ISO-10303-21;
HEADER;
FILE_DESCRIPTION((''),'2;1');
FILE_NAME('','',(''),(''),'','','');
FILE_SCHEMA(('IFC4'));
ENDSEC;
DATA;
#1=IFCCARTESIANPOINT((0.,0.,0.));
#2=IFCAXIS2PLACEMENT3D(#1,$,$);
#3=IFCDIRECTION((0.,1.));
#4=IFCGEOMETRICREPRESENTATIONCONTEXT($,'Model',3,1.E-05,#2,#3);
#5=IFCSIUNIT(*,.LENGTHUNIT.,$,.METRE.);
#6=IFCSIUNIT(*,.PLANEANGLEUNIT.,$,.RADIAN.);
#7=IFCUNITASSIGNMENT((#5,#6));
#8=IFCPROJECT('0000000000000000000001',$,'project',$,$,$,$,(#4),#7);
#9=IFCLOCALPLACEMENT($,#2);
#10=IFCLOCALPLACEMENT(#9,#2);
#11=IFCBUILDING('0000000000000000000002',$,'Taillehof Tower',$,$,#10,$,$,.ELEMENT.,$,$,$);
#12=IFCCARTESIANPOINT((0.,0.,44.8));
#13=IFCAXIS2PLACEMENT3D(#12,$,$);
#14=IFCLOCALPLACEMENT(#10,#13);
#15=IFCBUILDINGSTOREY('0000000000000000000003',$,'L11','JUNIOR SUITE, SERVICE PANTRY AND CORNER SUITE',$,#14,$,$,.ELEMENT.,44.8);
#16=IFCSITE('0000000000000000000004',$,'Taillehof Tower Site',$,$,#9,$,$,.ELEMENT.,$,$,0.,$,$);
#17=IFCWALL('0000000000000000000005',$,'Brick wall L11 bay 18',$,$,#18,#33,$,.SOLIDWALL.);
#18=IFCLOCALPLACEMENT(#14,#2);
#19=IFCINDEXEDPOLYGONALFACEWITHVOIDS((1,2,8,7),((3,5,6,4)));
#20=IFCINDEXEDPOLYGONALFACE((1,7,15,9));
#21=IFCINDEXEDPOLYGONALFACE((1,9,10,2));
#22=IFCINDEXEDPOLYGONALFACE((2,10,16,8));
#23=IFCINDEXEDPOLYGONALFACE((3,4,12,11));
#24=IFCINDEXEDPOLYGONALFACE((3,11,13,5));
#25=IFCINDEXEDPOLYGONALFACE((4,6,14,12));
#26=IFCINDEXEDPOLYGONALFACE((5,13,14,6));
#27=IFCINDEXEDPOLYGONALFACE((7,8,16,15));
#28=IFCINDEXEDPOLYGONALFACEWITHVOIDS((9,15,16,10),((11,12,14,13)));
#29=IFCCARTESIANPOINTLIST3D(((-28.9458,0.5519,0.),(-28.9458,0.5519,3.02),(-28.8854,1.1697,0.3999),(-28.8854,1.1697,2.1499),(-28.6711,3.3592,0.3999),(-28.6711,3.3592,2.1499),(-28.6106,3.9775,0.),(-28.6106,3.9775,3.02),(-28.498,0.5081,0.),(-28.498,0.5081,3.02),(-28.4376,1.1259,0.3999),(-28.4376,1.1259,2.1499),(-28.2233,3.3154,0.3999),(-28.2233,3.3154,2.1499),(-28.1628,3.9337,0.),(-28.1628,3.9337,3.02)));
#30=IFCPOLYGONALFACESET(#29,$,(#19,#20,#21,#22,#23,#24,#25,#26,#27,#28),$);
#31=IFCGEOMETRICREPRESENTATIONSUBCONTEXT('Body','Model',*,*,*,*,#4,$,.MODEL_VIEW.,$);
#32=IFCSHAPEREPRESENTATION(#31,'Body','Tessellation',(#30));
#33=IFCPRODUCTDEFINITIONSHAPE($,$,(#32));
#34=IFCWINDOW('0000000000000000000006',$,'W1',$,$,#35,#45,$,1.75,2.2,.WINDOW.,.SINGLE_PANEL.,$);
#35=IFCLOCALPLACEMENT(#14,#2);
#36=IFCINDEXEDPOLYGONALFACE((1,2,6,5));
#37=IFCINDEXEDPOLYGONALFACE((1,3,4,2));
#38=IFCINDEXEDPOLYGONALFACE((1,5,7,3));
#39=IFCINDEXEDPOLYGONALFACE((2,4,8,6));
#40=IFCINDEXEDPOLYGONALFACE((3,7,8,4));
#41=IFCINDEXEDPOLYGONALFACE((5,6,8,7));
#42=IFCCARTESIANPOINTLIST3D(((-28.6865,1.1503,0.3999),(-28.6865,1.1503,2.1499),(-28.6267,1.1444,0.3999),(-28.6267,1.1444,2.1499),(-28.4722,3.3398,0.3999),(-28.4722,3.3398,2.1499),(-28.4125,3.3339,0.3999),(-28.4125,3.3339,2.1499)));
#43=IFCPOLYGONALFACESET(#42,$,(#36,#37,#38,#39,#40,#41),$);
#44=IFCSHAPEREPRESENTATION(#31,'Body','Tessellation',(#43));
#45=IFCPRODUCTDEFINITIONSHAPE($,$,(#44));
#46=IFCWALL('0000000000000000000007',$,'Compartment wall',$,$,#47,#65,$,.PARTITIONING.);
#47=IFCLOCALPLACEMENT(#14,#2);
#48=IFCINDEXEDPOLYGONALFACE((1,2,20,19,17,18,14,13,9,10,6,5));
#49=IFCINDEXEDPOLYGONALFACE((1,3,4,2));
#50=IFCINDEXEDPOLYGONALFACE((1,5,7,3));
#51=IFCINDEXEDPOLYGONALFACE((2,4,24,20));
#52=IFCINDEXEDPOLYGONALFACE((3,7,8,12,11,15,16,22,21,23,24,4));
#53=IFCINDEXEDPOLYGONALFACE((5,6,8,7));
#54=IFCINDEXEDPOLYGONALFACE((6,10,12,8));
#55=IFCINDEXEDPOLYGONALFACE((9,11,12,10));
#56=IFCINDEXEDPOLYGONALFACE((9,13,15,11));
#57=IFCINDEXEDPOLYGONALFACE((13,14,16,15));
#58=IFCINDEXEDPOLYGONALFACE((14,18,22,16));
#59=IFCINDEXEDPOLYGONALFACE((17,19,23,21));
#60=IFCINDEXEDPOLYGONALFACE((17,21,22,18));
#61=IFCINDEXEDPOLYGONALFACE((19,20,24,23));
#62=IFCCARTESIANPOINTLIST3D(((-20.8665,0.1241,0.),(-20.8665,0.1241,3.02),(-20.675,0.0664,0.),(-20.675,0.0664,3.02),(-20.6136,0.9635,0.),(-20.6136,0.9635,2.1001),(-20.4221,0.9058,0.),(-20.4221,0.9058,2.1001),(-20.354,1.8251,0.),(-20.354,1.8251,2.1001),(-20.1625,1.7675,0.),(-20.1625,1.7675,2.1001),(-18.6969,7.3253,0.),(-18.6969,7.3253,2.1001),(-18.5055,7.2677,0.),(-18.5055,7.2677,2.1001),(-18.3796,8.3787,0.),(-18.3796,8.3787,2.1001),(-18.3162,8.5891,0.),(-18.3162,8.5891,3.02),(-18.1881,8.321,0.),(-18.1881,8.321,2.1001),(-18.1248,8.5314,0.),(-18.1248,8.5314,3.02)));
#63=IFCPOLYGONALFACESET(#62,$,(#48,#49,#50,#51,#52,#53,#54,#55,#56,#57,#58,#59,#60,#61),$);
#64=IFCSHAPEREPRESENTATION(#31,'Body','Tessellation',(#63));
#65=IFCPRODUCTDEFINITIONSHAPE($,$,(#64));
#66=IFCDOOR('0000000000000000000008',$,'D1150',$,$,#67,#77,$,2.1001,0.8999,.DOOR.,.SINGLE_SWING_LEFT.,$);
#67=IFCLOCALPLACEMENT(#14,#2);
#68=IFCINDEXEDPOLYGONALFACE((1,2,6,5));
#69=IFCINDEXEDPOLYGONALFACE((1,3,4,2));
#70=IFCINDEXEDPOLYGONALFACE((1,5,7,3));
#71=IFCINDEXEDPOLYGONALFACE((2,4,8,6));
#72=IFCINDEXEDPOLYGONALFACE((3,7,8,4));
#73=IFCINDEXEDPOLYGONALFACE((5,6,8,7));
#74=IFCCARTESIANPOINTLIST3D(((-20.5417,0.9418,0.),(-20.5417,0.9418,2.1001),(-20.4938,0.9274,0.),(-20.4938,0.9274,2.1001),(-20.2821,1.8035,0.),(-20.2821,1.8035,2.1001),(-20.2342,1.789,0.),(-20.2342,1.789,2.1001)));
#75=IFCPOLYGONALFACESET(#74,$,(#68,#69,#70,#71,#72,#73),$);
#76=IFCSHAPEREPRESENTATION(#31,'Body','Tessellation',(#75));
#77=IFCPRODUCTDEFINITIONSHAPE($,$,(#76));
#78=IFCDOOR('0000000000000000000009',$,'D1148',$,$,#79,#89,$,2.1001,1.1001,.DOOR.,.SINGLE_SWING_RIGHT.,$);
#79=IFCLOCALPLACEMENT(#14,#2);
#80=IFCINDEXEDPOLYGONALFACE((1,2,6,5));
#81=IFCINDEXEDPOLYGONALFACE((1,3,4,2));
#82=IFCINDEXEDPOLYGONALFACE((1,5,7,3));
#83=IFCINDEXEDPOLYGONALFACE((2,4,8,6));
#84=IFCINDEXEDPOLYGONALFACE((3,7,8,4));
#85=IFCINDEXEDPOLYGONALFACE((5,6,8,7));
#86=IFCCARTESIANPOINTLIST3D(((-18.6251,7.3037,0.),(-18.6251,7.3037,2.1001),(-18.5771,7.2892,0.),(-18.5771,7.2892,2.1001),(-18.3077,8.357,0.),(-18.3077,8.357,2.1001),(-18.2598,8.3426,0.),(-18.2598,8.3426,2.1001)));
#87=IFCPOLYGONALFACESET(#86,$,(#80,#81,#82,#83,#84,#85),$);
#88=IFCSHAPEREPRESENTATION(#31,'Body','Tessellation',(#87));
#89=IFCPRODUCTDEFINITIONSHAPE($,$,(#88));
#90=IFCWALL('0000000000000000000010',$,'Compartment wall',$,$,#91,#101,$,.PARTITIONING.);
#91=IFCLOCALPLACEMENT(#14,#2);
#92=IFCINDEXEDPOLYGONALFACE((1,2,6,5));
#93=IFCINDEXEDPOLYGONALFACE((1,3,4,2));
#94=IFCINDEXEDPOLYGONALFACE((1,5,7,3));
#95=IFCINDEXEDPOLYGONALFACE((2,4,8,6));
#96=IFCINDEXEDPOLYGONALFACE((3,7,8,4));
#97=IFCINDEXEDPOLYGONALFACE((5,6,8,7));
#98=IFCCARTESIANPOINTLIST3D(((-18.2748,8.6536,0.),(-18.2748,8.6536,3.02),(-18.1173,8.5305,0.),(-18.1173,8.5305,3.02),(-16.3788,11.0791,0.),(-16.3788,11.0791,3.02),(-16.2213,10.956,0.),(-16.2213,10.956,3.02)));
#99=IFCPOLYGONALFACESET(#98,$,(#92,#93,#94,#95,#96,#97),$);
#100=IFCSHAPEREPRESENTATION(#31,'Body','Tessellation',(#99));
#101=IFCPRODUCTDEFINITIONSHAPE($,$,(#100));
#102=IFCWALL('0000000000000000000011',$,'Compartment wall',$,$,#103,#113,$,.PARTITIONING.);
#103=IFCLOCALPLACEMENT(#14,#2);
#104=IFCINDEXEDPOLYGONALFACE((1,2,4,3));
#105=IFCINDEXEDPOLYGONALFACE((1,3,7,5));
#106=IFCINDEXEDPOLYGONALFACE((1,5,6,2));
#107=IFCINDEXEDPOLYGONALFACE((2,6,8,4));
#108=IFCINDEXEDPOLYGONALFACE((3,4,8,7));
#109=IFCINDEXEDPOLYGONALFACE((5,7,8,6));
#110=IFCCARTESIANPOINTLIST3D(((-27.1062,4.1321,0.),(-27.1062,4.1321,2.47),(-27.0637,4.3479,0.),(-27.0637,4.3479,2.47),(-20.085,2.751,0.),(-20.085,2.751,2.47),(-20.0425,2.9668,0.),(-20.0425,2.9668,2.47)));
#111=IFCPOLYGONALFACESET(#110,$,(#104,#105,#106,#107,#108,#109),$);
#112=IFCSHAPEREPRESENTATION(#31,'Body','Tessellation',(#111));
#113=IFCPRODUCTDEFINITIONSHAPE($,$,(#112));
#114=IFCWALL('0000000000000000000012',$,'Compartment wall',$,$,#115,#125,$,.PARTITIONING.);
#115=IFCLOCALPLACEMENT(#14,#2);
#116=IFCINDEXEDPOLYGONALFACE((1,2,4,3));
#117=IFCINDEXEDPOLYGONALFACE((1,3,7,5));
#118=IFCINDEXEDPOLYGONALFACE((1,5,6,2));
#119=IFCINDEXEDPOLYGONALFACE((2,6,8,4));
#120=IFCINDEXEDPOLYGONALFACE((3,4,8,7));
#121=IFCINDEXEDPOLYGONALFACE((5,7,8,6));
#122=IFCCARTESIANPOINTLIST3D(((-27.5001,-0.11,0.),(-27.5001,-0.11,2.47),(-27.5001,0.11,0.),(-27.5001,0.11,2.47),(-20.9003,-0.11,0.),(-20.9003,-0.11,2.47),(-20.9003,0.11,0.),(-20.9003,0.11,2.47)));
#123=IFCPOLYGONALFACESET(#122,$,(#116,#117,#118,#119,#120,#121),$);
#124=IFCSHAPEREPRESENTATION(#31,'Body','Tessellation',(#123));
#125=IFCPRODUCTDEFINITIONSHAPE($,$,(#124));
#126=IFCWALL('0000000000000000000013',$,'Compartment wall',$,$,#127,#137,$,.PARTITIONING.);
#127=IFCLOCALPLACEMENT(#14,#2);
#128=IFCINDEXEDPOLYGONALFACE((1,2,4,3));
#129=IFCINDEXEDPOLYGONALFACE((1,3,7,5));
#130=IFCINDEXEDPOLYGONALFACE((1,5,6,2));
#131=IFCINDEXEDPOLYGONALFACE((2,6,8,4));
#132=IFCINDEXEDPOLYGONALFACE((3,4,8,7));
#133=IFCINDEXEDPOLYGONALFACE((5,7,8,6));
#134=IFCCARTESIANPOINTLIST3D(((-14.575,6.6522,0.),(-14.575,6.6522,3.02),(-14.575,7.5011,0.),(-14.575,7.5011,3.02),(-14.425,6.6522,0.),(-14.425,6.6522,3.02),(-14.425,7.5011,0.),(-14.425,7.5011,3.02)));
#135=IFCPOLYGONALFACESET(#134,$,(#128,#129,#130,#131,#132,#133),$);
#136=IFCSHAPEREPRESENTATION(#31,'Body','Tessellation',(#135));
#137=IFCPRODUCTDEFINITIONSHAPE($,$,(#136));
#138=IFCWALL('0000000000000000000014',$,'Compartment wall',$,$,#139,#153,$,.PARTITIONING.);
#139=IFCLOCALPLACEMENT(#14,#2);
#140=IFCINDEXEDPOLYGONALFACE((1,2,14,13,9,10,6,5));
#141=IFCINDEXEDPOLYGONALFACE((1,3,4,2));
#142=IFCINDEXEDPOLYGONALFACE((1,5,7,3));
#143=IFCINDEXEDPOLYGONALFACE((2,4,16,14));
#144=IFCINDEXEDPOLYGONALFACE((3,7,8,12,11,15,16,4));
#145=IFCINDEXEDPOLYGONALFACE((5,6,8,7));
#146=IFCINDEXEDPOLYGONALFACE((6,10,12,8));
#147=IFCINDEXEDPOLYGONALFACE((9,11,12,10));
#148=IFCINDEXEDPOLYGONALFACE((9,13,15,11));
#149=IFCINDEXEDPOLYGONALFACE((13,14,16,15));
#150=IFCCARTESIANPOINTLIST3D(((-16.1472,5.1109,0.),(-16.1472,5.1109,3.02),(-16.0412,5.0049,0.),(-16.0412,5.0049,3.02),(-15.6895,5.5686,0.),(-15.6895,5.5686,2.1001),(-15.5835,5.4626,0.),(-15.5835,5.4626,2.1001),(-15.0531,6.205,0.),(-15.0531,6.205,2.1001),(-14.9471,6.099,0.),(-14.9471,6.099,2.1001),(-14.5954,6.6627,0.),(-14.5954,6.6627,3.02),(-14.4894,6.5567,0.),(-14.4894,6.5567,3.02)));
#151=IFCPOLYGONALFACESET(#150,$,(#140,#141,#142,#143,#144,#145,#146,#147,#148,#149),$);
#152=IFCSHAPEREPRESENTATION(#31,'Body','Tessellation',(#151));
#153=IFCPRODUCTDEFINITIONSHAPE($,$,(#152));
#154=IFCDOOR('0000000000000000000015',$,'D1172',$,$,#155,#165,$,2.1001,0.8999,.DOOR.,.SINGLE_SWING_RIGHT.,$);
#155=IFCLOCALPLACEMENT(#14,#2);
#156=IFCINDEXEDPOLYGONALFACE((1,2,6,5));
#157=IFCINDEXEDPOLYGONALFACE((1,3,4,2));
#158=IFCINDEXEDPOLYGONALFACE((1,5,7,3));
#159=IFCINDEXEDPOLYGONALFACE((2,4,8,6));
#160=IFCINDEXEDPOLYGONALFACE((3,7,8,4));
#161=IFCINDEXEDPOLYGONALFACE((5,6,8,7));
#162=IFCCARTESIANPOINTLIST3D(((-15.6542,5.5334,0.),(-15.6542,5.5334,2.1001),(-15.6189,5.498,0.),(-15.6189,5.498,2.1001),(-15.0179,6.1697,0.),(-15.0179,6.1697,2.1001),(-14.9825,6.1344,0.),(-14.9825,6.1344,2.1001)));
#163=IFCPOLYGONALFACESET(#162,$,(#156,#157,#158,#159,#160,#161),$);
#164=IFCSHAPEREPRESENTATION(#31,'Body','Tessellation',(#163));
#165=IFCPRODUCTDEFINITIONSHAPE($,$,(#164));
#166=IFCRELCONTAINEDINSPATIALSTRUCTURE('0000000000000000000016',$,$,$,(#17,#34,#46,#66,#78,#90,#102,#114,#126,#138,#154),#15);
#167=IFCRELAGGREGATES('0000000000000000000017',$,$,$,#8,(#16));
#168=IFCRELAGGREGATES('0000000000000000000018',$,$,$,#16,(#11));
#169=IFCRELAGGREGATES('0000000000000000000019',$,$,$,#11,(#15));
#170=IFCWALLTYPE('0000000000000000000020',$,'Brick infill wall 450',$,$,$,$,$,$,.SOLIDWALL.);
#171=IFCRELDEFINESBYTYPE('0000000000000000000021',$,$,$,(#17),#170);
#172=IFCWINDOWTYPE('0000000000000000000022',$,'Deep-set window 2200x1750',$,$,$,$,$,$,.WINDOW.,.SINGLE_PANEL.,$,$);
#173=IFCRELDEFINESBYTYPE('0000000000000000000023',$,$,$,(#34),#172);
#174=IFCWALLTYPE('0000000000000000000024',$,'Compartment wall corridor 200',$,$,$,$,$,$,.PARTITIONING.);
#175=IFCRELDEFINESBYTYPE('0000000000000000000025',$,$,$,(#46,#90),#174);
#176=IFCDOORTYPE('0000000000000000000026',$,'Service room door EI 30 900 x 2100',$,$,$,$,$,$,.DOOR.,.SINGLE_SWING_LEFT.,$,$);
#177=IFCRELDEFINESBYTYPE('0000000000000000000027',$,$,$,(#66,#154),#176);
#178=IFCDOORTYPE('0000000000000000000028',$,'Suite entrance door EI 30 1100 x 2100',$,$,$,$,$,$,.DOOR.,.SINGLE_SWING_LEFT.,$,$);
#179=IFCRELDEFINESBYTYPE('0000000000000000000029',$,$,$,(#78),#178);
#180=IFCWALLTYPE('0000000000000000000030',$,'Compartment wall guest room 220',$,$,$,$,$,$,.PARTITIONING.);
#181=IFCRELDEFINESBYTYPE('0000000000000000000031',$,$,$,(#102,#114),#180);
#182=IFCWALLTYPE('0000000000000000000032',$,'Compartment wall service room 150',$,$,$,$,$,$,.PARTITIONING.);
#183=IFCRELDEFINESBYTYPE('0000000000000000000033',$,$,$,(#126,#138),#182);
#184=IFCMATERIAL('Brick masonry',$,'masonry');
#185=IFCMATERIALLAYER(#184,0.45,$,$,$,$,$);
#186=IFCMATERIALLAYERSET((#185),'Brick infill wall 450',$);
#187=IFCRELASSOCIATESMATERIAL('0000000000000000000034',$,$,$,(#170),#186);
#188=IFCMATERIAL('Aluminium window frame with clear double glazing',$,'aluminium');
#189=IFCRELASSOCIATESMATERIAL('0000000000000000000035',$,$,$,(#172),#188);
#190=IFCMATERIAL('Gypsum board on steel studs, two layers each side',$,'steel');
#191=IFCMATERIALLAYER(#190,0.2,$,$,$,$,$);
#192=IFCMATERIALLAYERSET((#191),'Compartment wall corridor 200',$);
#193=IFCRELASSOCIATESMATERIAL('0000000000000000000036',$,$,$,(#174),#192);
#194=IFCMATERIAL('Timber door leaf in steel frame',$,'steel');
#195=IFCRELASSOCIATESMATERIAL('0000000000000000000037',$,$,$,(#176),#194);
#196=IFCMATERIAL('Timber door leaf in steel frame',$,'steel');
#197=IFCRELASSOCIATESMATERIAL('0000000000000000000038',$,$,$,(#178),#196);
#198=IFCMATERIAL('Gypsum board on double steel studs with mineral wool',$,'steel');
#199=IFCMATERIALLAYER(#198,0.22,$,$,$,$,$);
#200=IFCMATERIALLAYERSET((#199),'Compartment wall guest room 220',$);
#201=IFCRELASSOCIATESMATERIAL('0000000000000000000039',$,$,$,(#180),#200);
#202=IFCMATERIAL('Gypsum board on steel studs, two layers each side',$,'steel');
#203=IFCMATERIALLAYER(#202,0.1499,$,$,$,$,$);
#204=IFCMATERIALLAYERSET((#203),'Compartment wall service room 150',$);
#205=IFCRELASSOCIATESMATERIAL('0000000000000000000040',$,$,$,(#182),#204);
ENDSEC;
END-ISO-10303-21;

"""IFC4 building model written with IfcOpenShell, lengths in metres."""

from ifc_helpers import new_model, si_unit, direction, frame, frame_2d, origin, place, context, subcontext, project, spatial, rectangle, extrude, material, layer, layer_set, type_object, element, fill, save


model = new_model("IFC4")

# Units and contexts
model_context = context("Model", 3, precision=1e-05, world=origin(), true_north=direction((0.0, 1.0)))
body_context = subcontext(model_context, "Body", "Model", "MODEL_VIEW")
ifc_project = project(units=[si_unit("LENGTHUNIT", "METRE"), si_unit("PLANEANGLEUNIT", "RADIAN")], contexts=[model_context])

# Site, building, storey
site_placement = place(None, origin())
site = spatial("IfcSite", under=ifc_project, at=site_placement, Name="Taillehof Tower Site", CompositionType="ELEMENT", RefElevation=0.0)
building_placement = place(site_placement, origin())
building = spatial("IfcBuilding", under=site, at=building_placement, Name="Taillehof Tower", CompositionType="ELEMENT")
storey_placement = place(building_placement, frame((0.0, 0.0, 44.8)))
storey = spatial("IfcBuildingStorey", under=building, at=storey_placement, Name="L11", Description="JUNIOR SUITE, SERVICE PANTRY AND CORNER SUITE", CompositionType="ELEMENT", Elevation=44.8)

# Wall, opening, window
ifc_material_1 = material(Name="Brick masonry", Category="masonry")
ifc_layer_1 = layer(ifc_material_1, 0.45)
ifc_layer_set_1 = layer_set([ifc_layer_1], Name="Brick infill wall 450")
wall_type_1 = type_object("IfcWallType", Name="Brick infill wall 450", PredefinedType="SOLIDWALL", material=ifc_layer_set_1)
ifc_material_2 = material(Name="Aluminium window frame with clear double glazing", Category="aluminium")
window_type = type_object("IfcWindowType", Name="Deep-set window 2200x1750", PartitioningType="SINGLE_PANEL", PredefinedType="WINDOW", material=ifc_material_2)
wall_1_placement = place(storey_placement, frame((-28.3867, 3.9556, 0.0), z_axis=(0.0, 0.0, 1.0), x_axis=(-0.09739, -0.995246, 0.0)))
wall_1 = element("IfcWall", 1, at=wall_1_placement, inside=storey, type_object=wall_type_1, Name="Brick wall L11 bay 18", PredefinedType="SOLIDWALL", context=body_context, shape_type="SweptSolid", body=[
    extrude(rectangle(XDim=3.4419, YDim=0.45, at=frame_2d((1.7209, 0.0))), origin(), (0.0, 0.0, 1.0), 3.02),
])
opening_1_placement = place(wall_1_placement, frame((0.6211, 0.0, 0.3999)))
opening_1 = element("IfcOpeningElement", 2, at=opening_1_placement, cuts=wall_1, PredefinedType="OPENING", context=body_context, shape_type="SweptSolid", body=[
    extrude(rectangle(XDim=2.2, YDim=1.75, at=frame_2d((1.1001, 0.875))), frame((0.0, 0.2349, 0.0), z_axis=(0.0, -1.0, 0.0), x_axis=(1.0, 0.0, 0.0)), (0.0, 0.0, 1.0), 0.47),
])
window_1_placement = place(opening_1_placement, origin())
window_1 = element("IfcWindow", 3, at=window_1_placement, inside=storey, type_object=window_type, Name="W1", OverallHeight=1.75, OverallWidth=2.2, PartitioningType="SINGLE_PANEL", PredefinedType="WINDOW", context=body_context, shape_type="SweptSolid", body=[
    extrude(rectangle(XDim=2.2, YDim=1.75, at=frame_2d((1.1001, 0.875))), frame((0.0, 0.0349, 0.0), z_axis=(0.0, -1.0, 0.0), x_axis=(1.0, 0.0, 0.0)), (0.0, 0.0, 1.0), 0.0601),
])
fill(opening_1, window_1)

# Wall, openings, doors
ifc_material_3 = material(Name="Gypsum board on steel studs, two layers each side", Category="steel")
ifc_layer_2 = layer(ifc_material_3, 0.2)
ifc_layer_set_2 = layer_set([ifc_layer_2], Name="Compartment wall corridor 200")
wall_type_2 = type_object("IfcWallType", Name="Compartment wall corridor 200", PredefinedType="PARTITIONING", material=ifc_layer_set_2)
wall_2_placement = place(storey_placement, frame((-20.7708, 0.0952, 0.0), z_axis=(0.0, 0.0, 1.0), x_axis=(0.288465, 0.95749, 0.0)))
wall_2 = element("IfcWall", 4, at=wall_2_placement, inside=storey, type_object=wall_type_2, Name="Compartment wall", PredefinedType="PARTITIONING", context=body_context, shape_type="SweptSolid", body=[
    extrude(rectangle(XDim=8.8408, YDim=0.2, at=frame_2d((4.4204, 0.0))), origin(), (0.0, 0.0, 1.0), 3.02),
])
opening_2_placement = place(wall_2_placement, frame((7.521, 0.0, 0.0)))
opening_2 = element("IfcOpeningElement", 5, at=opening_2_placement, cuts=wall_2, PredefinedType="OPENING", context=body_context, shape_type="SweptSolid", body=[
    extrude(rectangle(XDim=1.1001, YDim=2.1001, at=frame_2d((0.55, 1.05))), frame((0.0, 0.1099, 0.0), z_axis=(0.0, -1.0, 0.0), x_axis=(1.0, 0.0, 0.0)), (0.0, 0.0, 1.0), 0.22),
])
opening_3_placement = place(wall_2_placement, frame((0.8767, 0.0, 0.0)))
opening_3 = element("IfcOpeningElement", 6, at=opening_3_placement, cuts=wall_2, PredefinedType="OPENING", context=body_context, shape_type="SweptSolid", body=[
    extrude(rectangle(XDim=0.8999, YDim=2.1001, at=frame_2d((0.45, 1.05))), frame((0.0, 0.1099, 0.0), z_axis=(0.0, -1.0, 0.0), x_axis=(1.0, 0.0, 0.0)), (0.0, 0.0, 1.0), 0.22),
])
ifc_material_4 = material(Name="Timber door leaf in steel frame", Category="steel")
door_type_1 = type_object("IfcDoorType", Name="Service room door EI 30 900 x 2100", OperationType="SINGLE_SWING_LEFT", PredefinedType="DOOR", material=ifc_material_4)
door_1_placement = place(opening_3_placement, origin())
door_1 = element("IfcDoor", 7, at=door_1_placement, inside=storey, type_object=door_type_1, Name="D1150", OperationType="SINGLE_SWING_LEFT", OverallHeight=2.1001, OverallWidth=0.8999, PredefinedType="DOOR", context=body_context, shape_type="SweptSolid", body=[
    extrude(rectangle(XDim=0.8999, YDim=2.1001, at=frame_2d((0.45, 1.05))), frame((0.0, 0.0249, 0.0), z_axis=(0.0, -1.0, 0.0), x_axis=(1.0, 0.0, 0.0)), (0.0, 0.0, 1.0), 0.05),
])
fill(opening_3, door_1)
ifc_material_5 = material(Name="Timber door leaf in steel frame", Category="steel")
door_type_2 = type_object("IfcDoorType", Name="Suite entrance door EI 30 1100 x 2100", OperationType="SINGLE_SWING_LEFT", PredefinedType="DOOR", material=ifc_material_5)
door_2_placement = place(opening_2_placement, origin())
door_2 = element("IfcDoor", 8, at=door_2_placement, inside=storey, type_object=door_type_2, Name="D1148", OperationType="SINGLE_SWING_RIGHT", OverallHeight=2.1001, OverallWidth=1.1001, PredefinedType="DOOR", context=body_context, shape_type="SweptSolid", body=[
    extrude(rectangle(XDim=1.1001, YDim=2.1001, at=frame_2d((0.55, 1.05))), frame((0.0, 0.0249, 0.0), z_axis=(0.0, -1.0, 0.0), x_axis=(1.0, 0.0, 0.0)), (0.0, 0.0, 1.0), 0.05),
])
fill(opening_2, door_2)

# Walls
wall_3_placement = place(storey_placement, frame((-18.196, 8.592, 0.0), z_axis=(0.0, 0.0, 1.0), x_axis=(0.615855, 0.78786, 0.0)))
element("IfcWall", 9, at=wall_3_placement, inside=storey, type_object=wall_type_2, Name="Compartment wall", PredefinedType="PARTITIONING", context=body_context, shape_type="SweptSolid", body=[
    extrude(rectangle(XDim=3.0786, YDim=0.2, at=frame_2d((1.5393, 0.0))), origin(), (0.0, 0.0, 1.0), 3.02),
])
ifc_material_6 = material(Name="Gypsum board on double steel studs with mineral wool", Category="steel")
ifc_layer_3 = layer(ifc_material_6, 0.22)
ifc_layer_set_3 = layer_set([ifc_layer_3], Name="Compartment wall guest room 220")
wall_type_3 = type_object("IfcWallType", Name="Compartment wall guest room 220", PredefinedType="PARTITIONING", material=ifc_layer_set_3)
wall_4_placement = place(storey_placement, frame((-27.085, 4.24, 0.0), z_axis=(0.0, 0.0, 1.0), x_axis=(0.981198, -0.193005, 0.0)))
element("IfcWall", 10, at=wall_4_placement, inside=storey, type_object=wall_type_3, Name="Compartment wall", PredefinedType="PARTITIONING", context=body_context, shape_type="SweptSolid", body=[
    extrude(rectangle(XDim=7.1558, YDim=0.22, at=frame_2d((3.5779, 0.0))), origin(), (0.0, 0.0, 1.0), 2.47),
])
wall_5_placement = place(storey_placement, frame((-27.5, 0.0, 0.0), z_axis=(0.0, 0.0, 1.0), x_axis=(1.0, 0.0, 0.0)))
element("IfcWall", 11, at=wall_5_placement, inside=storey, type_object=wall_type_3, Name="Compartment wall", PredefinedType="PARTITIONING", context=body_context, shape_type="SweptSolid", body=[
    extrude(rectangle(XDim=6.5999, YDim=0.22, at=frame_2d((3.2998, 0.0))), origin(), (0.0, 0.0, 1.0), 2.47),
])
ifc_material_7 = material(Name="Gypsum board on steel studs, two layers each side", Category="steel")
ifc_layer_4 = layer(ifc_material_7, 0.1499)
ifc_layer_set_4 = layer_set([ifc_layer_4], Name="Compartment wall service room 150")
wall_type_4 = type_object("IfcWallType", Name="Compartment wall service room 150", PredefinedType="PARTITIONING", material=ifc_layer_set_4)
wall_6_placement = place(storey_placement, frame((-14.5, 7.501, 0.0), z_axis=(0.0, 0.0, 1.0), x_axis=(0.0, -1.0, 0.0)))
element("IfcWall", 12, at=wall_6_placement, inside=storey, type_object=wall_type_4, Name="Compartment wall", PredefinedType="PARTITIONING", context=body_context, shape_type="SweptSolid", body=[
    extrude(rectangle(XDim=0.8489, YDim=0.1499, at=frame_2d((0.4243, 0.0))), origin(), (0.0, 0.0, 1.0), 3.02),
])

# Wall, opening, door
wall_7_placement = place(storey_placement, frame((-14.5425, 6.6096, 0.0), z_axis=(0.0, 0.0, 1.0), x_axis=(-0.707107, -0.707107, 0.0)))
wall_7 = element("IfcWall", 13, at=wall_7_placement, inside=storey, type_object=wall_type_4, Name="Compartment wall", PredefinedType="PARTITIONING", context=body_context, shape_type="SweptSolid", body=[
    extrude(rectangle(XDim=2.1946, YDim=0.1499, at=frame_2d((1.0972, 0.0))), origin(), (0.0, 0.0, 1.0), 3.02),
])
opening_4_placement = place(wall_7_placement, frame((0.6472, 0.0, 0.0)))
opening_4 = element("IfcOpeningElement", 14, at=opening_4_placement, cuts=wall_7, PredefinedType="OPENING", context=body_context, shape_type="SweptSolid", body=[
    extrude(rectangle(XDim=0.8999, YDim=2.1001, at=frame_2d((0.45, 1.05))), frame((0.0, 0.085, 0.0), z_axis=(0.0, -1.0, 0.0), x_axis=(1.0, 0.0, 0.0)), (0.0, 0.0, 1.0), 0.1699),
])
door_3_placement = place(opening_4_placement, origin())
door_3 = element("IfcDoor", 15, at=door_3_placement, inside=storey, type_object=door_type_1, Name="D1172", OperationType="SINGLE_SWING_RIGHT", OverallHeight=2.1001, OverallWidth=0.8999, PredefinedType="DOOR", context=body_context, shape_type="SweptSolid", body=[
    extrude(rectangle(XDim=0.8999, YDim=2.1001, at=frame_2d((0.45, 1.05))), frame((0.0, 0.0249, 0.0), z_axis=(0.0, -1.0, 0.0), x_axis=(1.0, 0.0, 0.0)), (0.0, 0.0, 1.0), 0.05),
])
fill(opening_4, door_3)

save(model, "model.ifc")
